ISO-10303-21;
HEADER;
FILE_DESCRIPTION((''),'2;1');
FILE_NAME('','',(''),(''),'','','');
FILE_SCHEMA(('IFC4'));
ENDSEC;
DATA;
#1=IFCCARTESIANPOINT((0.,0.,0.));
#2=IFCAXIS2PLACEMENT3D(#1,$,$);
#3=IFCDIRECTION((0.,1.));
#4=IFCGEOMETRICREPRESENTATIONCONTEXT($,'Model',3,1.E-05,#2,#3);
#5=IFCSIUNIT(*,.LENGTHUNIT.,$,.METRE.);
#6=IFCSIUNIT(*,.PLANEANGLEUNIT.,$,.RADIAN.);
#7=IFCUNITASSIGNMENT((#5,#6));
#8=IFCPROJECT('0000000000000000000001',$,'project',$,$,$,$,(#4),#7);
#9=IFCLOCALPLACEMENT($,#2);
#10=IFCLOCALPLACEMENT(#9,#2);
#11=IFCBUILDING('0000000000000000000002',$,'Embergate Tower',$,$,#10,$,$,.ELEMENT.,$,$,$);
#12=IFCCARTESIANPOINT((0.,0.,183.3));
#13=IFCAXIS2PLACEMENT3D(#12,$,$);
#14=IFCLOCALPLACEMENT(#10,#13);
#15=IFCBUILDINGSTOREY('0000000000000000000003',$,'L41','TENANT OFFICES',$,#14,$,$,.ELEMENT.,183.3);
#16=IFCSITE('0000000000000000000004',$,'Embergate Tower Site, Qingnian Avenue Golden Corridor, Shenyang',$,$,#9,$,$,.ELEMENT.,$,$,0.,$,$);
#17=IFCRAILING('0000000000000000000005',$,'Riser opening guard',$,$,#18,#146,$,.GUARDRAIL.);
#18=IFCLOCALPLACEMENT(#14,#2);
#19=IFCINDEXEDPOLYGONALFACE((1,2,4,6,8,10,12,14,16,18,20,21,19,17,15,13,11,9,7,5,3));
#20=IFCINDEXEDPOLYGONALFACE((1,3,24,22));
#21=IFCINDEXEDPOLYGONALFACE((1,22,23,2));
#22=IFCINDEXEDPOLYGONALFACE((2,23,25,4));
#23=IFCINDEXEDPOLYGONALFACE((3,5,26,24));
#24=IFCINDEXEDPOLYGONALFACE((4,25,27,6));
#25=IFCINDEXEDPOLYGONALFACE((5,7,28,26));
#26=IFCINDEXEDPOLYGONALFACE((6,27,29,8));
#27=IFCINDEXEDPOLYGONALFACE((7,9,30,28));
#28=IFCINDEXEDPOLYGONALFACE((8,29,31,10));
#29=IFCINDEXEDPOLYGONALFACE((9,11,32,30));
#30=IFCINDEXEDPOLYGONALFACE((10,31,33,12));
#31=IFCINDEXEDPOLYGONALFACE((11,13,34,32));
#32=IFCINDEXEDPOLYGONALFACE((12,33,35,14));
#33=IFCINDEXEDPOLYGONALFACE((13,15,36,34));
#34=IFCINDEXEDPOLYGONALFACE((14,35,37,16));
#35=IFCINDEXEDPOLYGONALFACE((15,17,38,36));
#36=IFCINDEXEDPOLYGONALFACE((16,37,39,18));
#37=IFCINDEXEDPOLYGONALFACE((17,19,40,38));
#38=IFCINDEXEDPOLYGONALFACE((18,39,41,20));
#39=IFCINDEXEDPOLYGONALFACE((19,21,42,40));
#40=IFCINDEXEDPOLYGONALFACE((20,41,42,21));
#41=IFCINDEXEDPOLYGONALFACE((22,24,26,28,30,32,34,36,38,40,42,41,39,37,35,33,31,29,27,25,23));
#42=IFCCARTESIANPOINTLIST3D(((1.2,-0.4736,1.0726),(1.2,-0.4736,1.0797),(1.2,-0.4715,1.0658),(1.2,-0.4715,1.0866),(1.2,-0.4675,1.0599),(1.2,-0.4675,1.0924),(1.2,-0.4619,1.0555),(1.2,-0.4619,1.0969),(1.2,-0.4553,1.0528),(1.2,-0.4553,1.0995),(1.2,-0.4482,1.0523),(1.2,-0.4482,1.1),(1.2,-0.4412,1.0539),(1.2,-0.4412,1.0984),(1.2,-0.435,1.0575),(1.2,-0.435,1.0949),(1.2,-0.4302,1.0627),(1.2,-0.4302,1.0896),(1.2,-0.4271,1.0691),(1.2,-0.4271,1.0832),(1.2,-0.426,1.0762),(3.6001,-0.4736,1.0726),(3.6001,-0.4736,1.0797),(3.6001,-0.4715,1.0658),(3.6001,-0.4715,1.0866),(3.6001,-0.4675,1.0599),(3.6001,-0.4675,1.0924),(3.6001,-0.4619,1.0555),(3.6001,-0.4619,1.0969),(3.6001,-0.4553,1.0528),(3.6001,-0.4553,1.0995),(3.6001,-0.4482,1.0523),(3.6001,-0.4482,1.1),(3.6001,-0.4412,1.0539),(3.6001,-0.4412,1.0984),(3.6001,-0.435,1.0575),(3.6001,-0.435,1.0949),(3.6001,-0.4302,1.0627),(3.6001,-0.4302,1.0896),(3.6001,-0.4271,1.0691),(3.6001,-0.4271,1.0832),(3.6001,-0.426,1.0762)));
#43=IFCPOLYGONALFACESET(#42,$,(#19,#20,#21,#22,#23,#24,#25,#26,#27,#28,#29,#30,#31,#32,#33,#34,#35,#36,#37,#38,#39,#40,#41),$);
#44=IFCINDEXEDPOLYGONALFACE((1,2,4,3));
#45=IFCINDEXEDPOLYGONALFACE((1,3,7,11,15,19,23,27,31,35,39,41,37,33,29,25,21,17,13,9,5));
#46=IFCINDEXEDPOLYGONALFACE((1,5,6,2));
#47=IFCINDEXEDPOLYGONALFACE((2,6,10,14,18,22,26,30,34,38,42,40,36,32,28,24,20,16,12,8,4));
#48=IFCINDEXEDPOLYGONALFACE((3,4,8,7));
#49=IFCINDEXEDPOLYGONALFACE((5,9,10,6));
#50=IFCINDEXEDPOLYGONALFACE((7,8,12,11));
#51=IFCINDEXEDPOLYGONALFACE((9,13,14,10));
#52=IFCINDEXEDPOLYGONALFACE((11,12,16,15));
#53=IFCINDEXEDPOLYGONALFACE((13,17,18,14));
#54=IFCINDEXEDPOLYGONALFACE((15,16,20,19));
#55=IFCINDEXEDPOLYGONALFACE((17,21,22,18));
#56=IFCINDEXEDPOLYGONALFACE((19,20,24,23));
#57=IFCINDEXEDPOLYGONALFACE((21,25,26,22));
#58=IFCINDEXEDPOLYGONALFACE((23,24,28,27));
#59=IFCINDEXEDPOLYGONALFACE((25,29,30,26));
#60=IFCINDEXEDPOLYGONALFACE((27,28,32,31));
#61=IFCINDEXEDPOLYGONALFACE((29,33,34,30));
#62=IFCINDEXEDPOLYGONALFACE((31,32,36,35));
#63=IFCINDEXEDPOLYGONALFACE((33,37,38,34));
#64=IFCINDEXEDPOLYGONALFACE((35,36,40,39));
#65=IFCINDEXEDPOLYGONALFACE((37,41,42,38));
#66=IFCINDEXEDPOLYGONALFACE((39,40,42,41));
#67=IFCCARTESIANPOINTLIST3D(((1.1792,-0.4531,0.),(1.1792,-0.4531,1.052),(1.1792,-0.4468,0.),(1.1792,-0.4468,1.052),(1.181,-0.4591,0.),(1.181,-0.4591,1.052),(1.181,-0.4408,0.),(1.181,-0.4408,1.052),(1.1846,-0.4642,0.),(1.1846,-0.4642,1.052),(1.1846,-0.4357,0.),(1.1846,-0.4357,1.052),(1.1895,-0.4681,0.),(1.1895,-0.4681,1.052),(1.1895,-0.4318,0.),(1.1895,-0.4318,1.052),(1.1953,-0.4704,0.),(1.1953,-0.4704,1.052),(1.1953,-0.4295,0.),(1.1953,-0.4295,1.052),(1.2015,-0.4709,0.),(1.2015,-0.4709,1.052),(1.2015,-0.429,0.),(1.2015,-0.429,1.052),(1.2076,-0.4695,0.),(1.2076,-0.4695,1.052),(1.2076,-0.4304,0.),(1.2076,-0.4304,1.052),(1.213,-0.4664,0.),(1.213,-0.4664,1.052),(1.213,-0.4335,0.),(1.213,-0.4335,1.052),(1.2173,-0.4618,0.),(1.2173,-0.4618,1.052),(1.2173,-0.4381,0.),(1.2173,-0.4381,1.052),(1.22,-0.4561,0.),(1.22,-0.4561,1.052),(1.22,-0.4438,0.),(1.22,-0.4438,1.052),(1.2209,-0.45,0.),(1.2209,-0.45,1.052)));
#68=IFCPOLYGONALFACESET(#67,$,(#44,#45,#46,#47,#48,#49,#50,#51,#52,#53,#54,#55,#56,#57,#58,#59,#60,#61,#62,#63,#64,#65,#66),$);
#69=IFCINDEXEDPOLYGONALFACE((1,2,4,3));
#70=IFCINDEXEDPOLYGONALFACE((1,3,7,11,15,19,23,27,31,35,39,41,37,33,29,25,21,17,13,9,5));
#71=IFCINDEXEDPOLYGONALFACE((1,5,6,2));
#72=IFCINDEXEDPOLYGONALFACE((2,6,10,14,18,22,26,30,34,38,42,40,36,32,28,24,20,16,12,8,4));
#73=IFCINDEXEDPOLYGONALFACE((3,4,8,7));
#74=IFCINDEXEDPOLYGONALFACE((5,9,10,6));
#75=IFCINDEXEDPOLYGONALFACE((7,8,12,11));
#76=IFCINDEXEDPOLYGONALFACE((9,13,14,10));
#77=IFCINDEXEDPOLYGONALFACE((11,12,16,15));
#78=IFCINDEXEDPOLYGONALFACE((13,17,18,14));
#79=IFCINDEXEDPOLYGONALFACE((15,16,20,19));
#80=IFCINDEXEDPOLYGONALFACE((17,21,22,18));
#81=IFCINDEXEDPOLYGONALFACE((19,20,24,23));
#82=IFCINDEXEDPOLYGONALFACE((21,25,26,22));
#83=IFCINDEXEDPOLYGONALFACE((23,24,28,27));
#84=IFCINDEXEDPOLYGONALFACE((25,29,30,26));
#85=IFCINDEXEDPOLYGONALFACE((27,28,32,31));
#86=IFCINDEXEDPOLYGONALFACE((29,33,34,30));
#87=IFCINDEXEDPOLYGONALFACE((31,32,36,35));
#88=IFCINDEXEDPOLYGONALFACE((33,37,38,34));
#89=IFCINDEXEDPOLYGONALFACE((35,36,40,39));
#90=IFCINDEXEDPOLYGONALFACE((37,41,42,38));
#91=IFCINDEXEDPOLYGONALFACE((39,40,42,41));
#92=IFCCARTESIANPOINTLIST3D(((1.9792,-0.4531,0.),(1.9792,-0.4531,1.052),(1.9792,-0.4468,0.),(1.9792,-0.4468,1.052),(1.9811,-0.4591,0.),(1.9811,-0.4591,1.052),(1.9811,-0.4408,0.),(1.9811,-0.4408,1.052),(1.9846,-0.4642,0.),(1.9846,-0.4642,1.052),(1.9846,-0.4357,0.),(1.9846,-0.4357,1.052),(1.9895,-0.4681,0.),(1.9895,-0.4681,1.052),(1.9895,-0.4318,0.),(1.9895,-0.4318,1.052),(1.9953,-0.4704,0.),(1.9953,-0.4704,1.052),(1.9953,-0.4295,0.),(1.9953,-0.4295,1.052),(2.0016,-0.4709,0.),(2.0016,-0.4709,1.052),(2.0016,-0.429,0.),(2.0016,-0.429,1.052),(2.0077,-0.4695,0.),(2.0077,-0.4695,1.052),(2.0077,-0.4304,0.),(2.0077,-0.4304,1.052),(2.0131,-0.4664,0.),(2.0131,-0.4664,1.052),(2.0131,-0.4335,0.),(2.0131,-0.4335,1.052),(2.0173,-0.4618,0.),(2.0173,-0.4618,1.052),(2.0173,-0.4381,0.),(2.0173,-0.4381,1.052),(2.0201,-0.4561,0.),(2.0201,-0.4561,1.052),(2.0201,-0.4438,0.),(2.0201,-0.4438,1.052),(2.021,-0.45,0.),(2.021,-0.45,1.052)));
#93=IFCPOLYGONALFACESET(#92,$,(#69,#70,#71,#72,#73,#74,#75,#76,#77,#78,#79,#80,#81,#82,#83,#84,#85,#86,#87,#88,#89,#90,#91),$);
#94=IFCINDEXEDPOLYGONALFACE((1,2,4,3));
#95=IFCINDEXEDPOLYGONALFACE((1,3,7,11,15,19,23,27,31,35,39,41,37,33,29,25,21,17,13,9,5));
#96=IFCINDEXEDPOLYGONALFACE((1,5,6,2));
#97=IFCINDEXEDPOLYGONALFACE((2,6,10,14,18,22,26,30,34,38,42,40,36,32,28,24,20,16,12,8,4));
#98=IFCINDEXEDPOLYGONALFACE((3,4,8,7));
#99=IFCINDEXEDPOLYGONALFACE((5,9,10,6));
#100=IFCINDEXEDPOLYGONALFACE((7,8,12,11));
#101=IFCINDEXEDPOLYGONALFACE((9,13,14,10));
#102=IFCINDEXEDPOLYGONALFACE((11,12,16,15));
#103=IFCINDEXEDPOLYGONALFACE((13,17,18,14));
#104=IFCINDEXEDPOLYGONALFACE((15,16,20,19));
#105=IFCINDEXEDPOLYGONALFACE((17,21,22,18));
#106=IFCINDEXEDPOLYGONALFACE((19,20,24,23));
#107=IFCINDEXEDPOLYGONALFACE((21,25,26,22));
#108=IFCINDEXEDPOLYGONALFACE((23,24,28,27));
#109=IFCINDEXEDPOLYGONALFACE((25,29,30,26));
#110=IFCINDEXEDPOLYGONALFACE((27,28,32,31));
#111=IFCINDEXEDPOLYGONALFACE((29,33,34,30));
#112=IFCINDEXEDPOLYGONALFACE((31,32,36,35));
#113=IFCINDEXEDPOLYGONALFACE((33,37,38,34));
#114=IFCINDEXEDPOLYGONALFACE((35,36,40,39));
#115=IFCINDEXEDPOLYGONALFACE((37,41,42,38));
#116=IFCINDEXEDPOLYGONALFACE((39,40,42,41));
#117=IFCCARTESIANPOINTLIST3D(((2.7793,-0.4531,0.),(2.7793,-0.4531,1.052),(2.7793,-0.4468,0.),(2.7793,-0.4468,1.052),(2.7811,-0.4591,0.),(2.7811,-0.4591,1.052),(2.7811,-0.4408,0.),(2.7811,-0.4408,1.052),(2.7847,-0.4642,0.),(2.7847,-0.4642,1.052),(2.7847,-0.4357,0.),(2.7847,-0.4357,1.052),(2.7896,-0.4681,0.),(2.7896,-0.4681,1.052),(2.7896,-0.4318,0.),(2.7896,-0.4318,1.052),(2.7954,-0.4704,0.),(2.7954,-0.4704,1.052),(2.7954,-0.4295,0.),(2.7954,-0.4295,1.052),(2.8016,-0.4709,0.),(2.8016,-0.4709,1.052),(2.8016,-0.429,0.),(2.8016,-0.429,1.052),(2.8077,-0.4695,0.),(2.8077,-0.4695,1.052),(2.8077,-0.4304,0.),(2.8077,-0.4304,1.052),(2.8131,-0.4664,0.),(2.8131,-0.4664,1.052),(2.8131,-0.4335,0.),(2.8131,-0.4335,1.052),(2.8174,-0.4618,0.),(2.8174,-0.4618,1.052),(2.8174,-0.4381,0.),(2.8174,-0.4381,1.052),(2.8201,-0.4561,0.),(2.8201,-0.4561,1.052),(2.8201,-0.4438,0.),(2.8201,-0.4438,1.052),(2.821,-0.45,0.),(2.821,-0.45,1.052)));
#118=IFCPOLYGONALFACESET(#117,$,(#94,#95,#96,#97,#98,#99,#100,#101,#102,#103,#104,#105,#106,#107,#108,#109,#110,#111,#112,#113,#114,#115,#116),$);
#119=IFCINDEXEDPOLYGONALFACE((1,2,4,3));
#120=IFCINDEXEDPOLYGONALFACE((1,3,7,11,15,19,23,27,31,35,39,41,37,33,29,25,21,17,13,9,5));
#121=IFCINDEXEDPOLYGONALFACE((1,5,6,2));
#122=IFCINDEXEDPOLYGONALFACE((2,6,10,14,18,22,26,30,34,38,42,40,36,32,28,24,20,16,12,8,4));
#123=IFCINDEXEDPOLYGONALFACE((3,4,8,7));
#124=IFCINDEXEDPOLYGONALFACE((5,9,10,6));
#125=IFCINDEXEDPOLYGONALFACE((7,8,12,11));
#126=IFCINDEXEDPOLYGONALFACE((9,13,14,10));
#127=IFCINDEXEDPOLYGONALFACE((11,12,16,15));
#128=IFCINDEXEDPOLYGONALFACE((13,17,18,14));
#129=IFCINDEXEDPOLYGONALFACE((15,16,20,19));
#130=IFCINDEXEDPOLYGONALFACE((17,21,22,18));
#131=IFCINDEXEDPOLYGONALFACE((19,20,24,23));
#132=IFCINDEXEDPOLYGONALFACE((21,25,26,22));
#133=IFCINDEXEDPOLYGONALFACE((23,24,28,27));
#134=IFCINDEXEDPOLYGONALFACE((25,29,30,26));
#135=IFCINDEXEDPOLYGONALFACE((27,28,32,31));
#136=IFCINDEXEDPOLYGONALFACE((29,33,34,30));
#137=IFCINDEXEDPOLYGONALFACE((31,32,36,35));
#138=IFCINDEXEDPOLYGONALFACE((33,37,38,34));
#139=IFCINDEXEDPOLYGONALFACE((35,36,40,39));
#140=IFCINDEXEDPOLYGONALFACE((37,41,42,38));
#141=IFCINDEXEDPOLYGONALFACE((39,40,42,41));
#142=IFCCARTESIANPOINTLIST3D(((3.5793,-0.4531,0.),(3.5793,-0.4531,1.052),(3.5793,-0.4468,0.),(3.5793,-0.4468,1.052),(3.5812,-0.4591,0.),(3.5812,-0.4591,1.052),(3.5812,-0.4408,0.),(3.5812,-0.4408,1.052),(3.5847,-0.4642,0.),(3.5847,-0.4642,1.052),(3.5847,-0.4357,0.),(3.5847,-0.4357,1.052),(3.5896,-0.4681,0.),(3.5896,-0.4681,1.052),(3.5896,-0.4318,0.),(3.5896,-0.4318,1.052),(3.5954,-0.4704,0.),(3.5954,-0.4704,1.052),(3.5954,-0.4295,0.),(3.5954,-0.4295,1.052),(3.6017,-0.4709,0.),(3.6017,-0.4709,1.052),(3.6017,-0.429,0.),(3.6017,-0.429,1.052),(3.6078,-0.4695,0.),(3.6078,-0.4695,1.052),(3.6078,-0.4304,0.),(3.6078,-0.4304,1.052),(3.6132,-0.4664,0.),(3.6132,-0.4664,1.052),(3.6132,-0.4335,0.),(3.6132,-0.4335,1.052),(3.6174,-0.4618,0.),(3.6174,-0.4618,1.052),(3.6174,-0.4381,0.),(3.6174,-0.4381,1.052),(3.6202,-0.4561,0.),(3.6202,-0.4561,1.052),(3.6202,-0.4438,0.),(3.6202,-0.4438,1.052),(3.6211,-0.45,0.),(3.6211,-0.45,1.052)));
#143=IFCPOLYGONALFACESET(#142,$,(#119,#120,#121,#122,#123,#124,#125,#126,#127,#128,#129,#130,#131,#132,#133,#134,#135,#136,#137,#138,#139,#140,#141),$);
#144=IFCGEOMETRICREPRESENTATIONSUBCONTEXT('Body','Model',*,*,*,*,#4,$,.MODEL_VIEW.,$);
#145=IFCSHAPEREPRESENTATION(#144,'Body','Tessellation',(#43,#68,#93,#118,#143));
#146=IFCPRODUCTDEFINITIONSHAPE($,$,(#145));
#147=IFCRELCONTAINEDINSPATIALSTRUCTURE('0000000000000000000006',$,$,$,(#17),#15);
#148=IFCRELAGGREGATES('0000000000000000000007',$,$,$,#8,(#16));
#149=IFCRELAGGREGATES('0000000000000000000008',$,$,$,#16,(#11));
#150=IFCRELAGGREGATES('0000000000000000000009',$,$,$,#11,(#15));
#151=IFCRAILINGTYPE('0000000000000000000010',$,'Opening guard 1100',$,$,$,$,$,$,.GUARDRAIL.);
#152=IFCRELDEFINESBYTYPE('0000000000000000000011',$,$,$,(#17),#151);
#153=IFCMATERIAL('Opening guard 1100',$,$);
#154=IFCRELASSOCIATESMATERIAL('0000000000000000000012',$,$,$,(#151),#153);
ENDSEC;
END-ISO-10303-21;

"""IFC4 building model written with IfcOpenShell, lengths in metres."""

from ifc_helpers import new_model, si_unit, direction, frame, origin, origin_2d, place, context, subcontext, project, spatial, circle, extrude, source, transform, mapped, material, type_object, element, save


model = new_model("IFC4")

# Units and contexts
model_context = context("Model", 3, precision=1e-05, world=origin(), true_north=direction((0.0, 1.0)))
body_context = subcontext(model_context, "Body", "Model", "MODEL_VIEW")
ifc_project = project(units=[si_unit("LENGTHUNIT", "METRE"), si_unit("PLANEANGLEUNIT", "RADIAN")], contexts=[model_context])

# Site, building, storey
site_placement = place(None, origin())
site = spatial("IfcSite", under=ifc_project, at=site_placement, Name="Embergate Tower Site, Qingnian Avenue Golden Corridor, Shenyang", CompositionType="ELEMENT", RefElevation=0.0)
building_placement = place(site_placement, origin())
building = spatial("IfcBuilding", under=site, at=building_placement, Name="Embergate Tower", CompositionType="ELEMENT")
storey_placement = place(building_placement, frame((0.0, 0.0, 183.3)))
storey = spatial("IfcBuildingStorey", under=building, at=storey_placement, Name="L41", Description="TENANT OFFICES", CompositionType="ELEMENT", Elevation=183.3)

# Railing
ifc_material_1 = material(Name="Opening guard 1100")
railing_type_1 = type_object("IfcRailingType", Name="Opening guard 1100", PredefinedType="GUARDRAIL", material=ifc_material_1)
shared_shape_1 = source(origin(), body_context, "Body", "SweptSolid", [
    extrude(circle(Radius=0.0239, at=origin_2d()), frame((0.0, 0.0, 1.0762), z_axis=(1.0, 0.0, 0.0), x_axis=(0.0, 1.0, 0.0)), (0.0, 0.0, 1.0), 2.4001),
    extrude(circle(Radius=0.021, at=origin_2d()), origin(), (0.0, 0.0, 1.0), 1.052),
    extrude(circle(Radius=0.021, at=origin_2d()), frame((0.8, 0.0, 0.0)), (0.0, 0.0, 1.0), 1.052),
    extrude(circle(Radius=0.021, at=origin_2d()), frame((1.6001, 0.0, 0.0)), (0.0, 0.0, 1.0), 1.052),
    extrude(circle(Radius=0.021, at=origin_2d()), frame((2.4001, 0.0, 0.0)), (0.0, 0.0, 1.0), 1.052),
])
railing_1_placement = place(storey_placement, frame((1.2, -0.45, 0.0)))
element("IfcRailing", 1, at=railing_1_placement, inside=storey, type_object=railing_type_1, Name="Riser opening guard", PredefinedType="GUARDRAIL", context=body_context, shape_type="MappedRepresentation", body=[
    mapped(shared_shape_1, transform((0.0, 0.0, 0.0))),
])

save(model, "model.ifc")
